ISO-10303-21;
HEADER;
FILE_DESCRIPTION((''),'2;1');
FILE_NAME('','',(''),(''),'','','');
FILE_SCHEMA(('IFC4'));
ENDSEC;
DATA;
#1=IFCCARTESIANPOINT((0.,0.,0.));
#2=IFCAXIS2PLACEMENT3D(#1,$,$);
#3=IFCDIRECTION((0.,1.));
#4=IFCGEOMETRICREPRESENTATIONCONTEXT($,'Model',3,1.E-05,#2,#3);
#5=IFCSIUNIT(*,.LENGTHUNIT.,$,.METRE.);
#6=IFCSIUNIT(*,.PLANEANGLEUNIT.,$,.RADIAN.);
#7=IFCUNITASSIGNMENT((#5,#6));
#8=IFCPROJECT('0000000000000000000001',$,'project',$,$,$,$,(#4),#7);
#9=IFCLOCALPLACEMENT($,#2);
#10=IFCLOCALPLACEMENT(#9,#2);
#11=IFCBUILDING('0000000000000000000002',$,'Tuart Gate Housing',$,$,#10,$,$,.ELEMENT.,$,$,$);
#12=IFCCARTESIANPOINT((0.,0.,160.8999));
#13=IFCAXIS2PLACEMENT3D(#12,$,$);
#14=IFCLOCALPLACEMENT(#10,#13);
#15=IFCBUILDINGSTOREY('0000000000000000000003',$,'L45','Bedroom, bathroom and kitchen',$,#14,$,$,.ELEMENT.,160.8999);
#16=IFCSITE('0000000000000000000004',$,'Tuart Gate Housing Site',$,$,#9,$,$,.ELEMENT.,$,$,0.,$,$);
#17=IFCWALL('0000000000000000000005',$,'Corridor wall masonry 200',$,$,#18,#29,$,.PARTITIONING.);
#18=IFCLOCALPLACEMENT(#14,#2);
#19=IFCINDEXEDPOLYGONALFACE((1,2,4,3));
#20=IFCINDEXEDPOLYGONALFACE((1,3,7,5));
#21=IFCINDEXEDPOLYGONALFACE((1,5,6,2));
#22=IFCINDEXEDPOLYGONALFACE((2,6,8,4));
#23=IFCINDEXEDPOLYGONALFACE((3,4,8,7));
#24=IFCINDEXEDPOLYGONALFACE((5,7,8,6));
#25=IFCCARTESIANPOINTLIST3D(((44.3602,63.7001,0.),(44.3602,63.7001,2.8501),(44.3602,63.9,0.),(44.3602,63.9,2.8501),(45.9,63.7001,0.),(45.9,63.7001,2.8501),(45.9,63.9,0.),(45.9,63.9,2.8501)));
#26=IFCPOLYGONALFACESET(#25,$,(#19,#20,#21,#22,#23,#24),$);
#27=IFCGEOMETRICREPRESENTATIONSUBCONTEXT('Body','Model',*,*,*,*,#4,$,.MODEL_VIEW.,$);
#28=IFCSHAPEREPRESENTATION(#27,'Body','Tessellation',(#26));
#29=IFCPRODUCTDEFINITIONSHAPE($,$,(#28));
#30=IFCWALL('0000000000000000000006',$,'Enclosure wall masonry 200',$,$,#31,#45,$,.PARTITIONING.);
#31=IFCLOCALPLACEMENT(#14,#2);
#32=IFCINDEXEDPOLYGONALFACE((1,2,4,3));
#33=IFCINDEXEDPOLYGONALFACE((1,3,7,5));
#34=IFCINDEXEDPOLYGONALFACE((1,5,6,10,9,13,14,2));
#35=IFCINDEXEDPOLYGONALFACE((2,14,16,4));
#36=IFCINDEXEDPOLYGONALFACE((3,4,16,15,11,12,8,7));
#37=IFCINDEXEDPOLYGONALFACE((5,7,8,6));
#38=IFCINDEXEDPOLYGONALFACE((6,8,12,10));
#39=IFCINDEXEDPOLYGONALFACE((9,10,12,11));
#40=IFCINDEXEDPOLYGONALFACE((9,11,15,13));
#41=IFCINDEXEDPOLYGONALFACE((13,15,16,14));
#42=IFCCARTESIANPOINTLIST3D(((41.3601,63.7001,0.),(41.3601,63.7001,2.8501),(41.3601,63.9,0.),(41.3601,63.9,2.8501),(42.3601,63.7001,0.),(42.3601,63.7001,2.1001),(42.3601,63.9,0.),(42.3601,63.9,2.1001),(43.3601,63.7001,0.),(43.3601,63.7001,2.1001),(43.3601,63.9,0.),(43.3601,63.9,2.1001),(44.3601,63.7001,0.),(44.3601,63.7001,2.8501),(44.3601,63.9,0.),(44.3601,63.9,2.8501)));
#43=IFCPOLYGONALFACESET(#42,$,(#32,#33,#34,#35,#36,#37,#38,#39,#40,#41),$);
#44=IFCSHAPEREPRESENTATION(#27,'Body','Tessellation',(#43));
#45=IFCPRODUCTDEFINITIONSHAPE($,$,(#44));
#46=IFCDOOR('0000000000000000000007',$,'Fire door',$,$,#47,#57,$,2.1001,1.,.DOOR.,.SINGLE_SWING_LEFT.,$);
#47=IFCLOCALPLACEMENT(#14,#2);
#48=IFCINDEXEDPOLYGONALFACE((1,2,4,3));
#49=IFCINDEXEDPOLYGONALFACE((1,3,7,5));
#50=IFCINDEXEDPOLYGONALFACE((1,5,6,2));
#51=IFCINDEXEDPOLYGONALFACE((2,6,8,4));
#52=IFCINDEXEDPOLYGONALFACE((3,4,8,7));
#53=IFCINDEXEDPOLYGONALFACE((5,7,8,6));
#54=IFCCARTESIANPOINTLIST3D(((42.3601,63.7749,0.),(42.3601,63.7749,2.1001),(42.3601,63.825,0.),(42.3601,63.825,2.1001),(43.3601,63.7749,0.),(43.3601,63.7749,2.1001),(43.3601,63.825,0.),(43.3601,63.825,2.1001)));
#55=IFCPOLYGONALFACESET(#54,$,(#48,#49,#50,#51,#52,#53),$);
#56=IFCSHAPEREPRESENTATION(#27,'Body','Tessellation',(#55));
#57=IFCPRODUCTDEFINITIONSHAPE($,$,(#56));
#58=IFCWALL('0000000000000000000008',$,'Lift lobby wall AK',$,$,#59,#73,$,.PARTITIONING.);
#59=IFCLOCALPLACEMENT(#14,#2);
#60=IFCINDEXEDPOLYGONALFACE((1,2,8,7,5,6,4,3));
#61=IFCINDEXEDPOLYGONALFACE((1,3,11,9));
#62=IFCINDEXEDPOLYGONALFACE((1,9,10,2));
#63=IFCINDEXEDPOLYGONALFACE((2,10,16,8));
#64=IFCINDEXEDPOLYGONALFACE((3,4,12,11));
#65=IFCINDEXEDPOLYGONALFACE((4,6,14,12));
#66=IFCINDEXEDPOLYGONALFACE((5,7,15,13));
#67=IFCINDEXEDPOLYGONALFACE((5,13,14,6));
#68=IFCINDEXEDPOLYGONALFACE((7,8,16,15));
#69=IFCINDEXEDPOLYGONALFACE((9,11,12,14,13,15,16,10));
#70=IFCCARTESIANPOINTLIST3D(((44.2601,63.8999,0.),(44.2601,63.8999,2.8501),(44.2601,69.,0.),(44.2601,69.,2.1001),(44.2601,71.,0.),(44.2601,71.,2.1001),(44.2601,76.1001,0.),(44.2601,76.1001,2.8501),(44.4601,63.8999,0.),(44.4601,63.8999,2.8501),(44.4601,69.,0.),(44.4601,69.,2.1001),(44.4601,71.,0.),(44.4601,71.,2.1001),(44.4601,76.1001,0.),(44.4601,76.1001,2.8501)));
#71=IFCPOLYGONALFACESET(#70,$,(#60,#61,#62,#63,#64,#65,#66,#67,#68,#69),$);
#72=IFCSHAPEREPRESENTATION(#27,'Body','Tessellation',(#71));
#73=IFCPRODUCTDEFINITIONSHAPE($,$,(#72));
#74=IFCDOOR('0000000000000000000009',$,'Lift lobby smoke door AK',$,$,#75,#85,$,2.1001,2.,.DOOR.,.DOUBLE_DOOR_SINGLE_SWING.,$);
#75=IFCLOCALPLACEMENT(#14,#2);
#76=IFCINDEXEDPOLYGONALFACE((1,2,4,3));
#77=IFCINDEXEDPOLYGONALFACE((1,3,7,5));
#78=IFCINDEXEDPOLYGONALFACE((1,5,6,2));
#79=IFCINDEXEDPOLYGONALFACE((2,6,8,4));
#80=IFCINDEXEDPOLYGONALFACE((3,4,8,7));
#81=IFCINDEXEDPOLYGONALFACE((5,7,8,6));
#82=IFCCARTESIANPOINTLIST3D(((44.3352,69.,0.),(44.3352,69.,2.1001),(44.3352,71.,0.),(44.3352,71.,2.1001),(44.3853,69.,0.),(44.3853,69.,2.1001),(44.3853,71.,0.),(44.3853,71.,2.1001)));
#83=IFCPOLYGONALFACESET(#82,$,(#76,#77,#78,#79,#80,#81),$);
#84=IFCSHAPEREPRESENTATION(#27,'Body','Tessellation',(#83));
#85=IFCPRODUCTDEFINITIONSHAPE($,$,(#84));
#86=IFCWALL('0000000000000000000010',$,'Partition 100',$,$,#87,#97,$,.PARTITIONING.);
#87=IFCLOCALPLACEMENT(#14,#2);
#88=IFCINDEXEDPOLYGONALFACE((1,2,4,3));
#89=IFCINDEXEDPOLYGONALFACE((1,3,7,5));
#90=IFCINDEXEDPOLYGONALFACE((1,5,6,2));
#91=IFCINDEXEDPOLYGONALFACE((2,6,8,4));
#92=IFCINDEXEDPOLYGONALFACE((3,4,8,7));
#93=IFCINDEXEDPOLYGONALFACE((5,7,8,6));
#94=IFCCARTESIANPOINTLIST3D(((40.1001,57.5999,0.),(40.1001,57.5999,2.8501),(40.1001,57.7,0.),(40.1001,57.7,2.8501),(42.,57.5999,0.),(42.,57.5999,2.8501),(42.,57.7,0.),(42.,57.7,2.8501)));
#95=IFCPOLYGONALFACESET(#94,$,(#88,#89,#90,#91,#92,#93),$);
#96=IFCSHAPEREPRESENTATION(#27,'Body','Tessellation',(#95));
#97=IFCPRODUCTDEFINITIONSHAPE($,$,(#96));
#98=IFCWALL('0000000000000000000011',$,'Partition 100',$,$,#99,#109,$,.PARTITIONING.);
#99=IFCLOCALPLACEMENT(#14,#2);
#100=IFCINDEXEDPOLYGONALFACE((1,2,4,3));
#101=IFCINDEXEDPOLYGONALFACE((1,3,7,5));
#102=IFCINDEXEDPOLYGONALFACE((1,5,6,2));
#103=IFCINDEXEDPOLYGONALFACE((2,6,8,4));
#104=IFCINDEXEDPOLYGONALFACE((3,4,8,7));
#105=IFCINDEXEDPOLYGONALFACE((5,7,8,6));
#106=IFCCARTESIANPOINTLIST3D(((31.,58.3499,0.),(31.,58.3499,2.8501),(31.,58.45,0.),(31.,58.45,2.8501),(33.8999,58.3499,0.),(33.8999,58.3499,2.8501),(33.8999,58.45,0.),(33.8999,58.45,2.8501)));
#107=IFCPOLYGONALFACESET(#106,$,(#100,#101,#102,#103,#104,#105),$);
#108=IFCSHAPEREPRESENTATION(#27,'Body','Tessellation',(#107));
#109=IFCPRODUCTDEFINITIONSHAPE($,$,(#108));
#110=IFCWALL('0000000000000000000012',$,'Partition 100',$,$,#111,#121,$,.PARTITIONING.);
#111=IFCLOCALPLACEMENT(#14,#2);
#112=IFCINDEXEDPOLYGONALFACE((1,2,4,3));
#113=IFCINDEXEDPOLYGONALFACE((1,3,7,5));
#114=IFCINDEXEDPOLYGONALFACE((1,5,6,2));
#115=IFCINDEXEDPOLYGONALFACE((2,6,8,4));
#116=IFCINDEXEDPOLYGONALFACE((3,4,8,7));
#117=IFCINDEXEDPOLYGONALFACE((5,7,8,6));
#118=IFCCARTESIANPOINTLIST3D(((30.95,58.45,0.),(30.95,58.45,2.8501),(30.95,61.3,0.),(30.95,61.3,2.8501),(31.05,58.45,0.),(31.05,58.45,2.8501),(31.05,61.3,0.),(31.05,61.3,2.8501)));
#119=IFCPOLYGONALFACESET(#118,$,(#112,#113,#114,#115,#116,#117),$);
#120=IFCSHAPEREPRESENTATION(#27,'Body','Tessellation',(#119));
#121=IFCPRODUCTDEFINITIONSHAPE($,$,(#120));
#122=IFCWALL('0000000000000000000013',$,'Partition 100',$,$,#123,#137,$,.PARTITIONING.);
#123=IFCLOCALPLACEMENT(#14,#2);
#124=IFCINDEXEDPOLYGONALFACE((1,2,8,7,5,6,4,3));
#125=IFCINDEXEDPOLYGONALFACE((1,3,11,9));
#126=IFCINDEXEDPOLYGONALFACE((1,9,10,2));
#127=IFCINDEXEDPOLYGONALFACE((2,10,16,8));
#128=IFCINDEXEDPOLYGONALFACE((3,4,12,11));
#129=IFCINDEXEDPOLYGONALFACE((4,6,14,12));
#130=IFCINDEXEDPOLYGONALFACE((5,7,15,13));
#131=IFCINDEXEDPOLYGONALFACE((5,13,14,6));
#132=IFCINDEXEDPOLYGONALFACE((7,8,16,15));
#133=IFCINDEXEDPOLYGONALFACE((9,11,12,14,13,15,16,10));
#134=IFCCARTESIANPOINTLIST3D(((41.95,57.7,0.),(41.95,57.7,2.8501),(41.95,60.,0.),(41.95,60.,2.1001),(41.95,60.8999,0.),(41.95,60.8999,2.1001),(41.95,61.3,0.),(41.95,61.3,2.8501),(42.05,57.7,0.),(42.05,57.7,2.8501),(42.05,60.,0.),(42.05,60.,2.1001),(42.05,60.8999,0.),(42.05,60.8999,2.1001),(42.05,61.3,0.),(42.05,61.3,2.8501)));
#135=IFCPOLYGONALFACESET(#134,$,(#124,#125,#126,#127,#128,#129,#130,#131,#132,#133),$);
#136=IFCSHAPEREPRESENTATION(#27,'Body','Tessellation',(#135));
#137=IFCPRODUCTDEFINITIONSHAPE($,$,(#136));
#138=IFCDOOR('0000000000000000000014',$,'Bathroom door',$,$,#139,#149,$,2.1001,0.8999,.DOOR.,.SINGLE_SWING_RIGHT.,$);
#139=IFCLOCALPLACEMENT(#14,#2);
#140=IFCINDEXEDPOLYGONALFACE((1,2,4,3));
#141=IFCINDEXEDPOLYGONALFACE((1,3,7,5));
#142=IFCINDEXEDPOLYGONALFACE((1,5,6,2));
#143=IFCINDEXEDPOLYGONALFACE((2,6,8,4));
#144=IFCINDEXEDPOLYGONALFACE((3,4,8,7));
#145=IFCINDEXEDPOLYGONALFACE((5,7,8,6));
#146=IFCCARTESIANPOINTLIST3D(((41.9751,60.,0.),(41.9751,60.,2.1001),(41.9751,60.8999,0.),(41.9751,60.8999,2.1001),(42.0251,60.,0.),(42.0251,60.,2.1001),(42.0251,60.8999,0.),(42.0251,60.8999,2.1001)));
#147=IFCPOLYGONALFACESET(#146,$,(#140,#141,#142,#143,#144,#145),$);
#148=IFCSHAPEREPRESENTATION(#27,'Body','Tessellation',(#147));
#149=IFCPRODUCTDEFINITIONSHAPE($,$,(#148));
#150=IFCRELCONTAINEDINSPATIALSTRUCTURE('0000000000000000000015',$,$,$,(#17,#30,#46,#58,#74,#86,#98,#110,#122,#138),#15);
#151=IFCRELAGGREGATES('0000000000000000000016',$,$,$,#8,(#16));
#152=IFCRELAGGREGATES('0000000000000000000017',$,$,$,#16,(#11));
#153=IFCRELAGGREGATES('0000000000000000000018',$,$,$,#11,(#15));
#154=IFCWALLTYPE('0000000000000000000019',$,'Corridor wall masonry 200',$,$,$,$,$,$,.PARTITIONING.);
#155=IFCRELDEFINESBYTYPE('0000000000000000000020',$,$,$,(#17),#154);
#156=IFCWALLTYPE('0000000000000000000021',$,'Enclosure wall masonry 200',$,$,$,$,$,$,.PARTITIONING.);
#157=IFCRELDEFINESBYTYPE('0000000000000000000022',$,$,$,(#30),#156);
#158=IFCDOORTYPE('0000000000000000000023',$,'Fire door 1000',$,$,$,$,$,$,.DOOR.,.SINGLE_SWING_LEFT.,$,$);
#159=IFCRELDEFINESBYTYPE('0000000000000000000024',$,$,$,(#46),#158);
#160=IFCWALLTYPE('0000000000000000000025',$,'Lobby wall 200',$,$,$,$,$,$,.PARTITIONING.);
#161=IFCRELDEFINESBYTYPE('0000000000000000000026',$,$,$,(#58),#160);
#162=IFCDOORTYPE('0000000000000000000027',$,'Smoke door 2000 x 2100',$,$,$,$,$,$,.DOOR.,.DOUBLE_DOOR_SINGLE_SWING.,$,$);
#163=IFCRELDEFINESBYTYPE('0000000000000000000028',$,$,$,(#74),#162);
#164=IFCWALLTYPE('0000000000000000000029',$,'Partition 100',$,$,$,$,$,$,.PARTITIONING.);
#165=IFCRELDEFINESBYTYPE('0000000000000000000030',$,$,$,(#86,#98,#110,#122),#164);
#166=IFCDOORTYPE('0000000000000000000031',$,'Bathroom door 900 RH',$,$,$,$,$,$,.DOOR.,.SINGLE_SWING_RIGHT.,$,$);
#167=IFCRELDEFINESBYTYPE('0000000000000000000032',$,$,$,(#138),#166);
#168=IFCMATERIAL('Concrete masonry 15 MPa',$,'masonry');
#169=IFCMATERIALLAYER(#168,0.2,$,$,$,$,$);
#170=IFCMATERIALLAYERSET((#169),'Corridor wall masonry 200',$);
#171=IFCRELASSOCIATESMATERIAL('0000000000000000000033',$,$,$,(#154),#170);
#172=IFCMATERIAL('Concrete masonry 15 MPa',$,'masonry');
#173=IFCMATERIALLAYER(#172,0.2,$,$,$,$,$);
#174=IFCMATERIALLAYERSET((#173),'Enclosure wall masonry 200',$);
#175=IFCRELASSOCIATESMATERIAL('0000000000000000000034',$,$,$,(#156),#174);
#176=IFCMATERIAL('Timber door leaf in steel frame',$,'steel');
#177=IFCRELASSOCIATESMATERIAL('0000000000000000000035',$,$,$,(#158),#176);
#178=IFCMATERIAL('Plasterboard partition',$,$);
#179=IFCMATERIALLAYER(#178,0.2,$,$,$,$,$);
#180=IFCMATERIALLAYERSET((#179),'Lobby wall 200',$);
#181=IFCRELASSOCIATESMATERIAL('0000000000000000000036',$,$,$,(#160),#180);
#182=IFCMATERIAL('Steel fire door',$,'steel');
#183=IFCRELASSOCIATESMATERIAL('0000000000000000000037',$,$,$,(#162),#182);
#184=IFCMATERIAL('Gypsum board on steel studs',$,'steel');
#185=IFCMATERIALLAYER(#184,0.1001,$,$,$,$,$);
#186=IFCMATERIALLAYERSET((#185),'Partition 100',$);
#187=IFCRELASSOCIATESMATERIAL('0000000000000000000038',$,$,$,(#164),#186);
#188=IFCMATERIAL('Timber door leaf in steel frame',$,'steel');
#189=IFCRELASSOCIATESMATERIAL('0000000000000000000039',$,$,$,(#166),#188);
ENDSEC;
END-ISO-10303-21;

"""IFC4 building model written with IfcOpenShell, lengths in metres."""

from ifc_helpers import new_model, si_unit, direction, frame, frame_2d, origin, place, context, subcontext, project, spatial, rectangle, extrude, material, layer, layer_set, type_object, element, fill, save


model = new_model("IFC4")

# Units and contexts
model_context = context("Model", 3, precision=1e-05, world=origin(), true_north=direction((0.0, 1.0)))
body_context = subcontext(model_context, "Body", "Model", "MODEL_VIEW")
ifc_project = project(units=[si_unit("LENGTHUNIT", "METRE"), si_unit("PLANEANGLEUNIT", "RADIAN")], contexts=[model_context])

# Site, building, storey
site_placement = place(None, origin())
site = spatial("IfcSite", under=ifc_project, at=site_placement, Name="Tuart Gate Housing Site", CompositionType="ELEMENT", RefElevation=0.0)
building_placement = place(site_placement, origin())
building = spatial("IfcBuilding", under=site, at=building_placement, Name="Tuart Gate Housing", CompositionType="ELEMENT")
storey_placement = place(building_placement, frame((0.0, 0.0, 160.8999)))
storey = spatial("IfcBuildingStorey", under=building, at=storey_placement, Name="L45", Description="Bedroom, bathroom and kitchen", CompositionType="ELEMENT", Elevation=160.8999)

# Shared definitions
ifc_material_1 = material(Name="Concrete masonry 15 MPa", Category="masonry")
ifc_layer_1 = layer(ifc_material_1, 0.2)
ifc_layer_set_1 = layer_set([ifc_layer_1], Name="Corridor wall masonry 200")
wall_type_1 = type_object("IfcWallType", Name="Corridor wall masonry 200", PredefinedType="PARTITIONING", material=ifc_layer_set_1)

# Wall
wall_1_placement = place(storey_placement, frame((44.3601, 63.8, 0.0), z_axis=(0.0, 0.0, 1.0), x_axis=(1.0, 0.0, 0.0)))
element("IfcWall", 1, at=wall_1_placement, inside=storey, type_object=wall_type_1, Name="Corridor wall masonry 200", PredefinedType="PARTITIONING", context=body_context, shape_type="SweptSolid", body=[
    extrude(rectangle(XDim=1.5398, YDim=0.2, at=frame_2d((0.77, 0.0))), origin(), (0.0, 0.0, 1.0), 2.8501),
])

# Walls, openings, doors
ifc_material_2 = material(Name="Concrete masonry 15 MPa", Category="masonry")
ifc_layer_2 = layer(ifc_material_2, 0.2)
ifc_layer_set_2 = layer_set([ifc_layer_2], Name="Enclosure wall masonry 200")
wall_type_2 = type_object("IfcWallType", Name="Enclosure wall masonry 200", PredefinedType="PARTITIONING", material=ifc_layer_set_2)
wall_2_placement = place(storey_placement, frame((41.3601, 63.8, 0.0), z_axis=(0.0, 0.0, 1.0), x_axis=(1.0, 0.0, 0.0)))
wall_2 = element("IfcWall", 2, at=wall_2_placement, inside=storey, type_object=wall_type_2, Name="Enclosure wall masonry 200", PredefinedType="PARTITIONING", context=body_context, shape_type="SweptSolid", body=[
    extrude(rectangle(XDim=3.0, YDim=0.2, at=frame_2d((1.5, 0.0))), origin(), (0.0, 0.0, 1.0), 2.8501),
])
opening_1_placement = place(wall_2_placement, frame((1.0, 0.0, 0.0)))
opening_1 = element("IfcOpeningElement", 3, at=opening_1_placement, cuts=wall_2, PredefinedType="OPENING", context=body_context, shape_type="SweptSolid", body=[
    extrude(rectangle(XDim=1.0, YDim=2.1001, at=frame_2d((0.5, 1.05))), frame((0.0, 0.1099, 0.0), z_axis=(0.0, -1.0, 0.0), x_axis=(1.0, 0.0, 0.0)), (0.0, 0.0, 1.0), 0.22),
])
ifc_material_3 = material(Name="Timber door leaf in steel frame", Category="steel")
door_type_1 = type_object("IfcDoorType", Name="Fire door 1000", OperationType="SINGLE_SWING_LEFT", PredefinedType="DOOR", material=ifc_material_3)
door_1_placement = place(opening_1_placement, frame((1.0, 0.0, 0.0), z_axis=(0.0, 0.0, 1.0), x_axis=(-1.0, 0.0, 0.0)))
door_1 = element("IfcDoor", 4, at=door_1_placement, inside=storey, type_object=door_type_1, Name="Fire door", OperationType="SINGLE_SWING_LEFT", OverallHeight=2.1001, OverallWidth=1.0, PredefinedType="DOOR", context=body_context, shape_type="SweptSolid", body=[
    extrude(rectangle(XDim=1.0, YDim=2.1001, at=frame_2d((0.5, 1.05))), frame((0.0, 0.0251, 0.0), z_axis=(0.0, -1.0, 0.0), x_axis=(1.0, 0.0, 0.0)), (0.0, 0.0, 1.0), 0.05),
])
fill(opening_1, door_1)
ifc_material_4 = material(Name="Plasterboard partition")
ifc_layer_3 = layer(ifc_material_4, 0.2)
ifc_layer_set_3 = layer_set([ifc_layer_3], Name="Lobby wall 200")
wall_type_3 = type_object("IfcWallType", Name="Lobby wall 200", PredefinedType="PARTITIONING", material=ifc_layer_set_3)
wall_3_placement = place(storey_placement, frame((44.3601, 63.8999, 0.0), z_axis=(0.0, 0.0, 1.0), x_axis=(0.0, 1.0, 0.0)))
wall_3 = element("IfcWall", 5, at=wall_3_placement, inside=storey, type_object=wall_type_3, Name="Lift lobby wall AK", PredefinedType="PARTITIONING", context=body_context, shape_type="SweptSolid", body=[
    extrude(rectangle(XDim=12.2002, YDim=0.2, at=frame_2d((6.1001, 0.0))), origin(), (0.0, 0.0, 1.0), 2.8501),
])
opening_2_placement = place(wall_3_placement, frame((5.1001, 0.0, 0.0)))
opening_2 = element("IfcOpeningElement", 6, at=opening_2_placement, cuts=wall_3, PredefinedType="OPENING", context=body_context, shape_type="SweptSolid", body=[
    extrude(rectangle(XDim=2.0, YDim=2.1001, at=frame_2d((1.0, 1.05))), frame((0.0, 0.1099, 0.0), z_axis=(0.0, -1.0, 0.0), x_axis=(1.0, 0.0, 0.0)), (0.0, 0.0, 1.0), 0.22),
])
ifc_material_5 = material(Name="Steel fire door", Category="steel")
door_type_2 = type_object("IfcDoorType", Name="Smoke door 2000 x 2100", OperationType="DOUBLE_DOOR_SINGLE_SWING", PredefinedType="DOOR", material=ifc_material_5)
door_2_placement = place(opening_2_placement, origin())
door_2 = element("IfcDoor", 7, at=door_2_placement, inside=storey, type_object=door_type_2, Name="Lift lobby smoke door AK", OperationType="DOUBLE_DOOR_SINGLE_SWING", OverallHeight=2.1001, OverallWidth=2.0, PredefinedType="DOOR", context=body_context, shape_type="SweptSolid", body=[
    extrude(rectangle(XDim=2.0, YDim=2.1001, at=frame_2d((1.0, 1.05))), frame((0.0, 0.0249, 0.0), z_axis=(0.0, -1.0, 0.0), x_axis=(1.0, 0.0, 0.0)), (0.0, 0.0, 1.0), 0.05),
])
fill(opening_2, door_2)

# Walls
ifc_material_6 = material(Name="Gypsum board on steel studs", Category="steel")
ifc_layer_4 = layer(ifc_material_6, 0.1001)
ifc_layer_set_4 = layer_set([ifc_layer_4], Name="Partition 100")
wall_type_4 = type_object("IfcWallType", Name="Partition 100", PredefinedType="PARTITIONING", material=ifc_layer_set_4)
wall_4_placement = place(storey_placement, frame((40.1001, 57.6499, 0.0), z_axis=(0.0, 0.0, 1.0), x_axis=(1.0, 0.0, 0.0)))
element("IfcWall", 8, at=wall_4_placement, inside=storey, type_object=wall_type_4, Name="Partition 100", PredefinedType="PARTITIONING", context=body_context, shape_type="SweptSolid", body=[
    extrude(rectangle(XDim=1.8999, YDim=0.1001, at=frame_2d((0.95, 0.0))), origin(), (0.0, 0.0, 1.0), 2.8501),
])
wall_5_placement = place(storey_placement, frame((31.0, 58.3999, 0.0), z_axis=(0.0, 0.0, 1.0), x_axis=(1.0, 0.0, 0.0)))
element("IfcWall", 9, at=wall_5_placement, inside=storey, type_object=wall_type_4, Name="Partition 100", PredefinedType="PARTITIONING", context=body_context, shape_type="SweptSolid", body=[
    extrude(rectangle(XDim=2.8999, YDim=0.1001, at=frame_2d((1.45, 0.0))), origin(), (0.0, 0.0, 1.0), 2.8501),
])
wall_6_placement = place(storey_placement, frame((31.0, 58.45, 0.0), z_axis=(0.0, 0.0, 1.0), x_axis=(0.0, 1.0, 0.0)))
element("IfcWall", 10, at=wall_6_placement, inside=storey, type_object=wall_type_4, Name="Partition 100", PredefinedType="PARTITIONING", context=body_context, shape_type="SweptSolid", body=[
    extrude(rectangle(XDim=2.8501, YDim=0.1001, at=frame_2d((1.425, 0.0))), origin(), (0.0, 0.0, 1.0), 2.8501),
])

# Wall, opening, door
wall_7_placement = place(storey_placement, frame((42.0, 57.7, 0.0), z_axis=(0.0, 0.0, 1.0), x_axis=(0.0, 1.0, 0.0)))
wall_7 = element("IfcWall", 11, at=wall_7_placement, inside=storey, type_object=wall_type_4, Name="Partition 100", PredefinedType="PARTITIONING", context=body_context, shape_type="SweptSolid", body=[
    extrude(rectangle(XDim=3.6001, YDim=0.1001, at=frame_2d((1.8, 0.0))), origin(), (0.0, 0.0, 1.0), 2.8501),
])
opening_3_placement = place(wall_7_placement, frame((2.3, 0.0, 0.0)))
opening_3 = element("IfcOpeningElement", 12, at=opening_3_placement, cuts=wall_7, PredefinedType="OPENING", context=body_context, shape_type="SweptSolid", body=[
    extrude(rectangle(XDim=0.8999, YDim=2.1001, at=frame_2d((0.45, 1.05))), frame((0.0, 0.0601, 0.0), z_axis=(0.0, -1.0, 0.0), x_axis=(1.0, 0.0, 0.0)), (0.0, 0.0, 1.0), 0.1201),
])
ifc_material_7 = material(Name="Timber door leaf in steel frame", Category="steel")
door_type_3 = type_object("IfcDoorType", Name="Bathroom door 900 RH", OperationType="SINGLE_SWING_RIGHT", PredefinedType="DOOR", material=ifc_material_7)
door_3_placement = place(opening_3_placement, origin())
door_3 = element("IfcDoor", 13, at=door_3_placement, inside=storey, type_object=door_type_3, Name="Bathroom door", OperationType="SINGLE_SWING_RIGHT", OverallHeight=2.1001, OverallWidth=0.8999, PredefinedType="DOOR", context=body_context, shape_type="SweptSolid", body=[
    extrude(rectangle(XDim=0.8999, YDim=2.1001, at=frame_2d((0.45, 1.05))), frame((0.0, 0.0249, 0.0), z_axis=(0.0, -1.0, 0.0), x_axis=(1.0, 0.0, 0.0)), (0.0, 0.0, 1.0), 0.05),
])
fill(opening_3, door_3)

save(model, "model.ifc")
